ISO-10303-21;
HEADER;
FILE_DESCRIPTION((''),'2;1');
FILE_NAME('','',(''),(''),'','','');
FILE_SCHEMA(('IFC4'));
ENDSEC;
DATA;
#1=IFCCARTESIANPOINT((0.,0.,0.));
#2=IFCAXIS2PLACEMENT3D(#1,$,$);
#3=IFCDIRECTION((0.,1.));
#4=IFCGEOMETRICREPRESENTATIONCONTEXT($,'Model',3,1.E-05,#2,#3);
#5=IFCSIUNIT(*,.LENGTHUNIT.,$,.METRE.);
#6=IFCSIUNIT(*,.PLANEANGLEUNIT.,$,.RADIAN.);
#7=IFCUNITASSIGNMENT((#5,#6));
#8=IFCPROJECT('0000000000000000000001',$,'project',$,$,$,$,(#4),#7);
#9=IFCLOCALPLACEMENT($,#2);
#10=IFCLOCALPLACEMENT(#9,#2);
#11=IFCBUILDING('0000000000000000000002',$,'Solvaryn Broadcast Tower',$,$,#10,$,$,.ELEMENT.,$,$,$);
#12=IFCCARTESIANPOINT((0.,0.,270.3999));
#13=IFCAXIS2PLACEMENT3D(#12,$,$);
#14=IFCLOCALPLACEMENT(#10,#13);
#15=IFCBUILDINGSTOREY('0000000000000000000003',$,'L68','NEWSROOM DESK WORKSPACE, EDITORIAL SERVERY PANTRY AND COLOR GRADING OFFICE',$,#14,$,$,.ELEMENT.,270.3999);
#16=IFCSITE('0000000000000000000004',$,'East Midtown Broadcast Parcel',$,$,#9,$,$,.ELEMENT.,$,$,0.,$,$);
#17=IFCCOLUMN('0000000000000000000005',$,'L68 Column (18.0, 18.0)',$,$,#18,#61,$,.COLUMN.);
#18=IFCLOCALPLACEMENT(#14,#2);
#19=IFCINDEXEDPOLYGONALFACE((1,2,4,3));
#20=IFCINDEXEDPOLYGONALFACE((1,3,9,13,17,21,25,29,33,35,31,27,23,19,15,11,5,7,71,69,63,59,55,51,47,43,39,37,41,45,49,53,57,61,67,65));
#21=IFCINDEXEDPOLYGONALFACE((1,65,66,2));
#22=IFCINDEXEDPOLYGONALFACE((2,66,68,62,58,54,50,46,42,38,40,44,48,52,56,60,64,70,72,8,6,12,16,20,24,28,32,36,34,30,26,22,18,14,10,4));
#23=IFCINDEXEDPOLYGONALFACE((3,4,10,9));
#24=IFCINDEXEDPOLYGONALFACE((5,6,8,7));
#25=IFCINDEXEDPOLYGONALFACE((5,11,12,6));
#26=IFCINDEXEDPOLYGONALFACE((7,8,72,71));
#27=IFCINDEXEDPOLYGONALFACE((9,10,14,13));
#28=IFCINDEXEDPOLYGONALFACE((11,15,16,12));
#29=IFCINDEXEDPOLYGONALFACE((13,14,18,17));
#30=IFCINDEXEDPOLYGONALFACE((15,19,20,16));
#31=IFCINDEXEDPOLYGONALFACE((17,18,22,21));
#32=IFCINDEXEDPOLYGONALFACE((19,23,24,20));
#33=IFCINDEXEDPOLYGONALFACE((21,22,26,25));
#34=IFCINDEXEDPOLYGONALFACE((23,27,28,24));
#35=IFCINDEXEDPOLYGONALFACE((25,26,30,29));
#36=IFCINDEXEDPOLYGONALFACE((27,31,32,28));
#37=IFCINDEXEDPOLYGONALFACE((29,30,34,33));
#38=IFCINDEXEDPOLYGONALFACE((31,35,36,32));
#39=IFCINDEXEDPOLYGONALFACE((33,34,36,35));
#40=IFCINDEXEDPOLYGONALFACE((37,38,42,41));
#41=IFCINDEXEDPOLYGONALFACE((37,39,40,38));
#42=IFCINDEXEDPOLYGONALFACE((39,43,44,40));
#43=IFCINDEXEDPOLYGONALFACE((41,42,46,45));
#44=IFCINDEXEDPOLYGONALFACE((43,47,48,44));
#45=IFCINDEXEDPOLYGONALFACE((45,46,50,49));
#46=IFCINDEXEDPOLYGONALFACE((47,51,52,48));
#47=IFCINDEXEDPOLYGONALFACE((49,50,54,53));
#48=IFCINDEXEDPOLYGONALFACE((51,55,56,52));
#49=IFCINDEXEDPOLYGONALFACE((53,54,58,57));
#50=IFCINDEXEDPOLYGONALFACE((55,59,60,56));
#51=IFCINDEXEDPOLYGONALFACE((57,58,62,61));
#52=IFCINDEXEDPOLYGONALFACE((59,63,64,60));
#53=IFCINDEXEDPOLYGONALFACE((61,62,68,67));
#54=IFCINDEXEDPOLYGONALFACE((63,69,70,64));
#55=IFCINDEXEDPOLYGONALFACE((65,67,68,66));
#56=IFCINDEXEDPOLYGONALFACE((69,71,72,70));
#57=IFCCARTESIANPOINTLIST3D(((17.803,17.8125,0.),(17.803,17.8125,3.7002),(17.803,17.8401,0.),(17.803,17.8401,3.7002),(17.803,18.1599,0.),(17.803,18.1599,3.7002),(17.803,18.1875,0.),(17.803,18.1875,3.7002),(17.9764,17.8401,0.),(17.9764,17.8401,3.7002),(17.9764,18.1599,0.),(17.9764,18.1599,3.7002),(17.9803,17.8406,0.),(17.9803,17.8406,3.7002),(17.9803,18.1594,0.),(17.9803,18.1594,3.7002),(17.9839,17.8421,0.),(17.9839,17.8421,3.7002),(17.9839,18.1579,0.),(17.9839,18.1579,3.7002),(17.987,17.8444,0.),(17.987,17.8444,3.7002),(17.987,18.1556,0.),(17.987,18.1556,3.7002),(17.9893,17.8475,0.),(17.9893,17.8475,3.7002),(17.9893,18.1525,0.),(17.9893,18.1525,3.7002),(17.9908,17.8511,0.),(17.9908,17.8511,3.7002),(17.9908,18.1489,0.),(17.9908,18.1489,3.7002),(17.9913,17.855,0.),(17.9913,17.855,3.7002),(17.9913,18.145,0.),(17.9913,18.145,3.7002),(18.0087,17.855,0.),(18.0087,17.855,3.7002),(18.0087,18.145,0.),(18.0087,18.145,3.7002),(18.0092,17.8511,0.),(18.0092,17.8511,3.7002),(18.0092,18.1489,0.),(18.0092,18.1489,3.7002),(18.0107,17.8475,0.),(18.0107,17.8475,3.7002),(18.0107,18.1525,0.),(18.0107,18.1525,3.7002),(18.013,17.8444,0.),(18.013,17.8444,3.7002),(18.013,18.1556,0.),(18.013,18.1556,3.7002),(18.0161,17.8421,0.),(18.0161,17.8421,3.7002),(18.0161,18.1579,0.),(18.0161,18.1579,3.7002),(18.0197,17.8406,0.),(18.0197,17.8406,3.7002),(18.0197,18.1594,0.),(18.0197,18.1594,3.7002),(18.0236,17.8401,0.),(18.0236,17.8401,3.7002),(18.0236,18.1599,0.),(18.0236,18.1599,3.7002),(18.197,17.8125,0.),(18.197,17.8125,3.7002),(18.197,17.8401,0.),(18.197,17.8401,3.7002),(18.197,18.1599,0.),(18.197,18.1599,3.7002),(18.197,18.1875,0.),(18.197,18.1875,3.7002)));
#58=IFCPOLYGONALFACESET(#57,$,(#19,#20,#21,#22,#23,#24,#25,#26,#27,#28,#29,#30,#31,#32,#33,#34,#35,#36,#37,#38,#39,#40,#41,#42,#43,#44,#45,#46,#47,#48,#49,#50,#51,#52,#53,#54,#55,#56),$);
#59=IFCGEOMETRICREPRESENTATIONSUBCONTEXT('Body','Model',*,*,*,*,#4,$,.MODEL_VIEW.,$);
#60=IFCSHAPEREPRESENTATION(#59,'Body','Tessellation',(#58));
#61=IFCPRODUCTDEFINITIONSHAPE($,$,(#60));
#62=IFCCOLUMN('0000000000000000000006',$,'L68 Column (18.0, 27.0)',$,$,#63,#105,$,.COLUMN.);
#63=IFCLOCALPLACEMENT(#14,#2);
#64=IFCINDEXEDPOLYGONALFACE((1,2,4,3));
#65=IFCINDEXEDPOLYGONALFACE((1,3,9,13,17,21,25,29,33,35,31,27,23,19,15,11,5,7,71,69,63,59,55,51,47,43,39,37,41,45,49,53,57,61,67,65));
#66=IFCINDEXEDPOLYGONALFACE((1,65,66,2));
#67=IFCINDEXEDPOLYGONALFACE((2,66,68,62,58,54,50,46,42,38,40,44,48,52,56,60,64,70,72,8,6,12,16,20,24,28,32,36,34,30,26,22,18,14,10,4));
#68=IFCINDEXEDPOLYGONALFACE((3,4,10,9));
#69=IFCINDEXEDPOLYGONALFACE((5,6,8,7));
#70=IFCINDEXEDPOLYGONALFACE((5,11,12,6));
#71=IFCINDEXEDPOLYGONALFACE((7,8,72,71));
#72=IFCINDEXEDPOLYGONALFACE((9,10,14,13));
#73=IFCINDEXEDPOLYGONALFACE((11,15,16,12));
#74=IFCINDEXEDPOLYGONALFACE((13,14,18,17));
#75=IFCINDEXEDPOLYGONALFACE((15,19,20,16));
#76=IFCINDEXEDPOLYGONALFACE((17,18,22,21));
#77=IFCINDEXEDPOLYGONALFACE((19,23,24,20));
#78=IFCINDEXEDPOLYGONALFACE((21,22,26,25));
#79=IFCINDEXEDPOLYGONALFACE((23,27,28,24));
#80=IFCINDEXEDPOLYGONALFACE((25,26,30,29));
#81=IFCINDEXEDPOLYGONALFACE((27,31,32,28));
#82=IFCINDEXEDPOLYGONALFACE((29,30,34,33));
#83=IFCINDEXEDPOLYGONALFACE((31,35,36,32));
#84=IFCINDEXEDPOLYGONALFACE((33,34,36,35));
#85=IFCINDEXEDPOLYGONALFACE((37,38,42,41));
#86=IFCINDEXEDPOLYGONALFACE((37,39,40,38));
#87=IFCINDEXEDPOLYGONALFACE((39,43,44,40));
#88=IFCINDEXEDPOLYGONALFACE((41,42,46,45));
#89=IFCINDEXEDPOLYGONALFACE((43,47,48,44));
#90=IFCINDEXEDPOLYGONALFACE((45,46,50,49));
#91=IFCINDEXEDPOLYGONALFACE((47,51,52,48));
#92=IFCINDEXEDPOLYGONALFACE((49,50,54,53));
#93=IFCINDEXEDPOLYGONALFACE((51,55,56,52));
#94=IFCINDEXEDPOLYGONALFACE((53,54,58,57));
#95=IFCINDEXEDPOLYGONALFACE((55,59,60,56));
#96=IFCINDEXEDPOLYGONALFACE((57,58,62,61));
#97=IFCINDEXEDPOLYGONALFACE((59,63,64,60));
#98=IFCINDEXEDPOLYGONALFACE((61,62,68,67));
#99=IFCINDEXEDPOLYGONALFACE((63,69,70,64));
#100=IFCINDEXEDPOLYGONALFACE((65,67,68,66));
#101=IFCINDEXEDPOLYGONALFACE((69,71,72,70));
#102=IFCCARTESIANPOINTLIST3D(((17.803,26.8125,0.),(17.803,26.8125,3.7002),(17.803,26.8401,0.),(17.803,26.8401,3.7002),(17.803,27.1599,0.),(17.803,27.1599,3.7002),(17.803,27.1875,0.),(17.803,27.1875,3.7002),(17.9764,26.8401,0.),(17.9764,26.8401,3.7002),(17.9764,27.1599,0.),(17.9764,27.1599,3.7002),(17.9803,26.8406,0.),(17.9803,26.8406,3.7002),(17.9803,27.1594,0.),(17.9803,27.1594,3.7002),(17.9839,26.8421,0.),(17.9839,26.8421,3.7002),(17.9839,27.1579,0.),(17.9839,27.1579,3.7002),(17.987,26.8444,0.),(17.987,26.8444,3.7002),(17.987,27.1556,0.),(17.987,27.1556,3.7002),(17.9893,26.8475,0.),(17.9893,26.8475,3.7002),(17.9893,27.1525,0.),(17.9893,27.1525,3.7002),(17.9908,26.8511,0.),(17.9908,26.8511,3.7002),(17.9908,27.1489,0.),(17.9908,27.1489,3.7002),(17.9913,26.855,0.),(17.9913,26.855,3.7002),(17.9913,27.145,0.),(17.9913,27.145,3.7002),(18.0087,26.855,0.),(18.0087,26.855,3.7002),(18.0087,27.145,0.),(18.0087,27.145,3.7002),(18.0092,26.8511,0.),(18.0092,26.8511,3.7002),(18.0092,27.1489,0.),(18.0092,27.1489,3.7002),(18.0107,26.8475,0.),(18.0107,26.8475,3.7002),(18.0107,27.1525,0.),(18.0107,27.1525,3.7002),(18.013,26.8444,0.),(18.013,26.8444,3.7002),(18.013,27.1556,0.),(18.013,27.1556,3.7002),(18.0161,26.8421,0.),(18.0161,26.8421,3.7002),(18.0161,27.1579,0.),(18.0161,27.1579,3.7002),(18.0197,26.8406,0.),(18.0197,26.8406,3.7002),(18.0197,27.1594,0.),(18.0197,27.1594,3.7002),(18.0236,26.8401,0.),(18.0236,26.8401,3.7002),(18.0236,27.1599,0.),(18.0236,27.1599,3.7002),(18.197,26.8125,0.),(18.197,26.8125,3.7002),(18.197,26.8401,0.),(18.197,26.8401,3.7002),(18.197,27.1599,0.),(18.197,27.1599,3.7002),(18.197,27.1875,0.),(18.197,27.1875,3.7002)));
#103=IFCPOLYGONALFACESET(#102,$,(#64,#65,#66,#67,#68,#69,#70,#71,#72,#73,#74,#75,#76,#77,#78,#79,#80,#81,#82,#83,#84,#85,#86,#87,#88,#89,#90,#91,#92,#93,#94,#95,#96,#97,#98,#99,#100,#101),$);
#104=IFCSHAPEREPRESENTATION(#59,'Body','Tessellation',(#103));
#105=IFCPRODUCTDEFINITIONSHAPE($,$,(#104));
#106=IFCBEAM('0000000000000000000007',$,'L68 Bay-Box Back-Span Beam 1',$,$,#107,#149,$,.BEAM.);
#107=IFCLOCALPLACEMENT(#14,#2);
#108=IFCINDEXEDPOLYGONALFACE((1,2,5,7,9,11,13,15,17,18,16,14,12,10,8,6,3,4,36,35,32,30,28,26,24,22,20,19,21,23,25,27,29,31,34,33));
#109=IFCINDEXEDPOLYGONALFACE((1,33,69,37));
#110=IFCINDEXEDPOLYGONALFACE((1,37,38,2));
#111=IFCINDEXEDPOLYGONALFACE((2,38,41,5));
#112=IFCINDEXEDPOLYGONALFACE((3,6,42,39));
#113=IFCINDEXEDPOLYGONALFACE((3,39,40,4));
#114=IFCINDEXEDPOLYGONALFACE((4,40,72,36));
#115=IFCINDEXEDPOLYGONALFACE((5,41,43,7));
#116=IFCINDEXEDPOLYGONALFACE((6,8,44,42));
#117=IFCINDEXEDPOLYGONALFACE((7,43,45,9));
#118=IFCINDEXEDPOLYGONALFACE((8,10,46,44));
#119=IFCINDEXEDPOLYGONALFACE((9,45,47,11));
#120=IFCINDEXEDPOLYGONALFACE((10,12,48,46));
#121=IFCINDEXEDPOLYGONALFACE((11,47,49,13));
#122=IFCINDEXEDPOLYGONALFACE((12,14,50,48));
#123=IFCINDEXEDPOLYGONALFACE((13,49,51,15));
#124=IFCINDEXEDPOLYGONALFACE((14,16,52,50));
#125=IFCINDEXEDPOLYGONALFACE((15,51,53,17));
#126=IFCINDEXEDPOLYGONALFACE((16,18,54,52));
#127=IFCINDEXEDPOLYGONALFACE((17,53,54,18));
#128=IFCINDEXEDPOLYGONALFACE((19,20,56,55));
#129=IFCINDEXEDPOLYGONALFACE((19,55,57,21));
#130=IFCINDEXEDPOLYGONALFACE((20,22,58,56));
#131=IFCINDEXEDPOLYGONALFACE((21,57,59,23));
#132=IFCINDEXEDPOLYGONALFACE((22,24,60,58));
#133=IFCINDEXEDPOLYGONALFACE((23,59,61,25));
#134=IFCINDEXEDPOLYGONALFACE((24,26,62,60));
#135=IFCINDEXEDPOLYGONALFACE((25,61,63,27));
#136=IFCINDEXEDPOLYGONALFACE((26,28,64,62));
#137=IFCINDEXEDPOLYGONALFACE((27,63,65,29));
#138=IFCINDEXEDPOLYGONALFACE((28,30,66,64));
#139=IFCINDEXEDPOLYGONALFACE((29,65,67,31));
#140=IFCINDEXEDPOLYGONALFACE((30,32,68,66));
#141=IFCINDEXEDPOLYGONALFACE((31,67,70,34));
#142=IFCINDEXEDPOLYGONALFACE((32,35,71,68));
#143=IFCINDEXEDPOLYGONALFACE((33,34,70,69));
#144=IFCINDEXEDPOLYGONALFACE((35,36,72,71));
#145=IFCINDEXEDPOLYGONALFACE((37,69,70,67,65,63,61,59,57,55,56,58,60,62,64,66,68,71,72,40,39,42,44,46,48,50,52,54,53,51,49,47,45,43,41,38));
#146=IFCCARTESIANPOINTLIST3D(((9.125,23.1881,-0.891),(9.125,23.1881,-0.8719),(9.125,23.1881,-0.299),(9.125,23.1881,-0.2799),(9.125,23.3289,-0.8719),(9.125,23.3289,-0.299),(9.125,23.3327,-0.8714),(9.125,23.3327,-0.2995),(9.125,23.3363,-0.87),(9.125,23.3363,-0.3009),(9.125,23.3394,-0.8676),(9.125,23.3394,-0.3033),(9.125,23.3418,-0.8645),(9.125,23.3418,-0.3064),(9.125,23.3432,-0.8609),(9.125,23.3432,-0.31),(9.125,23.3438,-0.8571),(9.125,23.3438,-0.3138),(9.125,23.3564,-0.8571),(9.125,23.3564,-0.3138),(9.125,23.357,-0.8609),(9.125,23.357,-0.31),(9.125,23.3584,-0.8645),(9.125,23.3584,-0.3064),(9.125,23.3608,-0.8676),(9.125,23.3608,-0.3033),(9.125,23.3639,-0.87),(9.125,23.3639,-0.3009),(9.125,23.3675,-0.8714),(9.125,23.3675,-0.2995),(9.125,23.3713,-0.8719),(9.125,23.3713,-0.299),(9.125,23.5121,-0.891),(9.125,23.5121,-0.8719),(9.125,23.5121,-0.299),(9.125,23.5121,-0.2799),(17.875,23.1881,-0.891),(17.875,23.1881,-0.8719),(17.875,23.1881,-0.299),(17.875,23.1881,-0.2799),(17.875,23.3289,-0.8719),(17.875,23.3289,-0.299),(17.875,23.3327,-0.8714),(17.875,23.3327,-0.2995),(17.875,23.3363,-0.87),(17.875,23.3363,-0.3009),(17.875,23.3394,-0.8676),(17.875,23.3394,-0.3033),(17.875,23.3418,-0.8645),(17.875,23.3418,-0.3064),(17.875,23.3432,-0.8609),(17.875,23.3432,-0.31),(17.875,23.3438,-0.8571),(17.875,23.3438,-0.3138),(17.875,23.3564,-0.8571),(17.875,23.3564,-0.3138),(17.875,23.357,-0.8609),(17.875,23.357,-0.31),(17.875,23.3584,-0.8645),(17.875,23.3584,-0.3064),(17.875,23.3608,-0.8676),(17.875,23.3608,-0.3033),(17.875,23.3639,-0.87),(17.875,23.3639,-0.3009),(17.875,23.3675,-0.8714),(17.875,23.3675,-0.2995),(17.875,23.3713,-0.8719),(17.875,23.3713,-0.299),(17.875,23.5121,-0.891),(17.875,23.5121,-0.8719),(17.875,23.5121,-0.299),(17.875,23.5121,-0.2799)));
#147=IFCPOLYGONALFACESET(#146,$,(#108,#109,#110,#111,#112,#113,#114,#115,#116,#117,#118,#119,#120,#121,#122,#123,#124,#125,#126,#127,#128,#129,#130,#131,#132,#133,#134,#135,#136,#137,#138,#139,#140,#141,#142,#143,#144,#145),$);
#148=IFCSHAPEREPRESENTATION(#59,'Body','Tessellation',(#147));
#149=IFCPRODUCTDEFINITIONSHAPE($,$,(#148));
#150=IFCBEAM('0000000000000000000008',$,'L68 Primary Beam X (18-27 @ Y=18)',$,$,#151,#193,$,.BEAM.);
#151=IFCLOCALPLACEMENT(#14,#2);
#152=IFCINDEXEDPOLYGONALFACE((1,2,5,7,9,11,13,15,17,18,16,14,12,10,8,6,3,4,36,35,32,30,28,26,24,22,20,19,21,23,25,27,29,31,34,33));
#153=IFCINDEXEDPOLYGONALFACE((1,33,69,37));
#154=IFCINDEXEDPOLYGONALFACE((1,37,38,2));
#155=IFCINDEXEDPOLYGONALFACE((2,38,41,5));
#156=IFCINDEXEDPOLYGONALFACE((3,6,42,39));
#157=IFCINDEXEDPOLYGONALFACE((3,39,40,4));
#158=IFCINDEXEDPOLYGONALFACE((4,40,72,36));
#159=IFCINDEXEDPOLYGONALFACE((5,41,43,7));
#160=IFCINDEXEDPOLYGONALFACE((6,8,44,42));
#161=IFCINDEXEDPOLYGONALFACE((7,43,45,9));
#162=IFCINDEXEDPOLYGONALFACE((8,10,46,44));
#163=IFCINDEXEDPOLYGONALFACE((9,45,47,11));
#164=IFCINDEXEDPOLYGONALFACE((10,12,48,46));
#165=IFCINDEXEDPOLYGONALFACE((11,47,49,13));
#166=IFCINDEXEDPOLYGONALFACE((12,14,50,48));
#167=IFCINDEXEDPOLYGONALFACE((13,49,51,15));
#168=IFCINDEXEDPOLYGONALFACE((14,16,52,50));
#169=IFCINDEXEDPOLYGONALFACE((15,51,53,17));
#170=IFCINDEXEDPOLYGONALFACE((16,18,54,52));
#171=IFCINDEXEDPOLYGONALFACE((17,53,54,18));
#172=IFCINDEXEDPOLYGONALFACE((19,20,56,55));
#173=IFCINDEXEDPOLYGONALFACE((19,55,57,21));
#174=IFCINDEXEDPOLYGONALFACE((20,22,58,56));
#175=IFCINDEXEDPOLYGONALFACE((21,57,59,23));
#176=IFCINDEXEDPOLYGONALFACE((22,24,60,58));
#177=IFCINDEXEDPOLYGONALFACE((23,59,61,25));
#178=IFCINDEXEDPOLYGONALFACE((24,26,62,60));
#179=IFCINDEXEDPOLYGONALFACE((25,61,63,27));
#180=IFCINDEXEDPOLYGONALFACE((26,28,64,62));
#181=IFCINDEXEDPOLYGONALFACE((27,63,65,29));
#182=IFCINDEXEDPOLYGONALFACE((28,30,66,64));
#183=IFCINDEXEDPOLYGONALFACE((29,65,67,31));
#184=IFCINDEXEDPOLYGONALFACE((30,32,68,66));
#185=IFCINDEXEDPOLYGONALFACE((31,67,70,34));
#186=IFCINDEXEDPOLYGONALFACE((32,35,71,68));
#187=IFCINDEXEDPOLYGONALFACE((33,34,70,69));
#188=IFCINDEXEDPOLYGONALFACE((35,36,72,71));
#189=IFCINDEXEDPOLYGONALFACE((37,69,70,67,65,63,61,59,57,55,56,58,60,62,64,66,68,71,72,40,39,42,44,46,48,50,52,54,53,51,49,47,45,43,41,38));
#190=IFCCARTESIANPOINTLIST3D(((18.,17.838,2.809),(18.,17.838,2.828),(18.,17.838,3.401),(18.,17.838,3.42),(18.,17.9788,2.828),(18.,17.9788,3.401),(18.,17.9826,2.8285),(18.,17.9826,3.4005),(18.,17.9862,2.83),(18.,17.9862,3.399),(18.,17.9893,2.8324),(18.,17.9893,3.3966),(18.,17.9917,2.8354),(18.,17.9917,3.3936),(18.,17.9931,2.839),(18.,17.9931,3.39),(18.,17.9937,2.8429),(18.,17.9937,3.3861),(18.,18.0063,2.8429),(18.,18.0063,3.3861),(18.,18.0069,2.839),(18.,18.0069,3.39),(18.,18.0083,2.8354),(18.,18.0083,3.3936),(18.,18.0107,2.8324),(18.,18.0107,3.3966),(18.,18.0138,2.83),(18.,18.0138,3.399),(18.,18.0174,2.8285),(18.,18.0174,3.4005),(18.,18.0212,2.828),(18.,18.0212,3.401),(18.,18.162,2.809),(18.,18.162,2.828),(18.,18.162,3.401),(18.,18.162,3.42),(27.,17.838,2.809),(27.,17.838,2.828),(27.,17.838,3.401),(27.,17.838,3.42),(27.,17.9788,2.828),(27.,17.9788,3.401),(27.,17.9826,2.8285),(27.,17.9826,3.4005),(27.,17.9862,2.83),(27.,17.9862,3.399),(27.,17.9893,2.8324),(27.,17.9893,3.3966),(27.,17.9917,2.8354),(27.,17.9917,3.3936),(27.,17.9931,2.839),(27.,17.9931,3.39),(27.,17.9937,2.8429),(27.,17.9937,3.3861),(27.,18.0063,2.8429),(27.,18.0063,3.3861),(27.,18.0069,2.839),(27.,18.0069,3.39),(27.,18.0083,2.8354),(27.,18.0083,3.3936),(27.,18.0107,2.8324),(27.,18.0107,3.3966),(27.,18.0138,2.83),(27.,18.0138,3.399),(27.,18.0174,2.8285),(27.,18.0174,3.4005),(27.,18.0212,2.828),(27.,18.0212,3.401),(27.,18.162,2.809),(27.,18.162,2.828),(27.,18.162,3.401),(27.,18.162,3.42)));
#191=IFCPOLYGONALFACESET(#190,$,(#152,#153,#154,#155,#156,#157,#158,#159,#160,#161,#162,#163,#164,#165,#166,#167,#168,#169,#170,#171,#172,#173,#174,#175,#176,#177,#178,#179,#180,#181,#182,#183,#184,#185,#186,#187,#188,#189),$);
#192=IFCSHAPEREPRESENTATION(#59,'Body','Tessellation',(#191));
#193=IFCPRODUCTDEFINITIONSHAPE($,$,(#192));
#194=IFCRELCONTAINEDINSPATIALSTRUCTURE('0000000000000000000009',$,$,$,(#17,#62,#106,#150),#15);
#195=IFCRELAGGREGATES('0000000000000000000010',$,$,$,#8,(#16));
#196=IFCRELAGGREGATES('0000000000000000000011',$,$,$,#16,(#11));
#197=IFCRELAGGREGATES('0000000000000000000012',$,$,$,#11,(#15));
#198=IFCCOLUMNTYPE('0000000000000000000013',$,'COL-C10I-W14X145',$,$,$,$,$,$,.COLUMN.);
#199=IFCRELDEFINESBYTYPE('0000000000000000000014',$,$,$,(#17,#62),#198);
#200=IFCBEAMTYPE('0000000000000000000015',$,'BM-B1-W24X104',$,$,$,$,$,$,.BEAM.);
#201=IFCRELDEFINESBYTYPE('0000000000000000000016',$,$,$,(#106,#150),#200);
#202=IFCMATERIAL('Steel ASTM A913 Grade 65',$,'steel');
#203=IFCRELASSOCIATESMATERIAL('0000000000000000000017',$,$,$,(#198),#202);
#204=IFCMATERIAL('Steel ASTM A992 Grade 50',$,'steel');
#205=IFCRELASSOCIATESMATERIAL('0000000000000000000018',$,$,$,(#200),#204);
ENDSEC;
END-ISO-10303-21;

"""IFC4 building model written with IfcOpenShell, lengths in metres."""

from ifc_helpers import new_model, si_unit, direction, frame, origin, origin_2d, place, context, subcontext, project, spatial, i_section, extrude, material, material_profile, profile_set, type_object, element, save


model = new_model("IFC4")

# Units and contexts
model_context = context("Model", 3, precision=1e-05, world=origin(), true_north=direction((0.0, 1.0)))
body_context = subcontext(model_context, "Body", "Model", "MODEL_VIEW")
ifc_project = project(units=[si_unit("LENGTHUNIT", "METRE"), si_unit("PLANEANGLEUNIT", "RADIAN")], contexts=[model_context])

# Site, building, storey
site_placement = place(None, origin())
site = spatial("IfcSite", under=ifc_project, at=site_placement, Name="East Midtown Broadcast Parcel", CompositionType="ELEMENT", RefElevation=0.0)
building_placement = place(site_placement, origin())
building = spatial("IfcBuilding", under=site, at=building_placement, Name="Solvaryn Broadcast Tower", CompositionType="ELEMENT")
storey_placement = place(building_placement, frame((0.0, 0.0, 270.3999)))
storey = spatial("IfcBuildingStorey", under=building, at=storey_placement, Name="L68", Description="NEWSROOM DESK WORKSPACE, EDITORIAL SERVERY PANTRY AND COLOR GRADING OFFICE", CompositionType="ELEMENT", Elevation=270.3999)

# Columns
ifc_material_1 = material(Name="Steel ASTM A913 Grade 65", Category="steel")
ifc_material_profile_1 = material_profile(ifc_material_1, i_section(OverallWidth=0.394, OverallDepth=0.375, WebThickness=0.0173, FlangeThickness=0.0276, FilletRadius=0.0149, at=origin_2d()))
ifc_profile_set_1 = profile_set([ifc_material_profile_1], Name="Steel ASTM A913 Grade 65")
column_type = type_object("IfcColumnType", Name="COL-C10I-W14X145", PredefinedType="COLUMN", material=ifc_profile_set_1)
for number, where, z_axis, x_axis, name in (
    (1, (18.0, 18.0, 0.0), (0.0, 0.0, 1.0), (1.0, 0.0, 0.0), "L68 Column (18.0, 18.0)"),
    (2, (18.0, 27.0, 0.0), (0.0, 0.0, 1.0), (1.0, 0.0, 0.0), "L68 Column (18.0, 27.0)"),
):
    element("IfcColumn", number, at=place(storey_placement, frame(where, z_axis=z_axis, x_axis=x_axis)), inside=storey, type_object=column_type, Name=name, PredefinedType="COLUMN", context=body_context, shape_type="SweptSolid", body=[
        extrude(i_section(OverallWidth=0.394, OverallDepth=0.375, WebThickness=0.0173, FlangeThickness=0.0276, FilletRadius=0.0149, at=origin_2d()), origin(), (0.0, 0.0, 1.0), 3.7002),
    ])

# Beams
ifc_material_2 = material(Name="Steel ASTM A992 Grade 50", Category="steel")
ifc_material_profile_2 = material_profile(ifc_material_2, i_section(OverallWidth=0.324, OverallDepth=0.6111, WebThickness=0.0127, FlangeThickness=0.019, FilletRadius=0.0149, at=origin_2d()))
ifc_profile_set_2 = profile_set([ifc_material_profile_2], Name="Steel ASTM A992 Grade 50")
beam_type_1 = type_object("IfcBeamType", Name="BM-B1-W24X104", PredefinedType="BEAM", material=ifc_profile_set_2)
beam_1_placement = place(storey_placement, frame((17.875, 23.3501, -0.5854), z_axis=(-1.0, 0.0, 0.0), x_axis=(0.0, -1.0, 0.0)))
element("IfcBeam", 3, at=beam_1_placement, inside=storey, type_object=beam_type_1, Name="L68 Bay-Box Back-Span Beam 1", PredefinedType="BEAM", context=body_context, shape_type="SweptSolid", body=[
    extrude(i_section(OverallWidth=0.324, OverallDepth=0.6111, WebThickness=0.0127, FlangeThickness=0.019, FilletRadius=0.0149, at=origin_2d()), origin(), (0.0, 0.0, 1.0), 8.75),
])
for number, where, z_axis, x_axis, name in (
    (4, (18.0, 18.0, 3.1145), (1.0, 0.0, 0.0), (0.0, 1.0, 0.0), "L68 Primary Beam X (18-27 @ Y=18)"),
):
    element("IfcBeam", number, at=place(storey_placement, frame(where, z_axis=z_axis, x_axis=x_axis)), inside=storey, type_object=beam_type_1, Name=name, PredefinedType="BEAM", context=body_context, shape_type="SweptSolid", body=[
        extrude(i_section(OverallWidth=0.324, OverallDepth=0.6111, WebThickness=0.0127, FlangeThickness=0.019, FilletRadius=0.0149, at=origin_2d()), origin(), (0.0, 0.0, 1.0), 9.0),
    ])

save(model, "model.ifc")
